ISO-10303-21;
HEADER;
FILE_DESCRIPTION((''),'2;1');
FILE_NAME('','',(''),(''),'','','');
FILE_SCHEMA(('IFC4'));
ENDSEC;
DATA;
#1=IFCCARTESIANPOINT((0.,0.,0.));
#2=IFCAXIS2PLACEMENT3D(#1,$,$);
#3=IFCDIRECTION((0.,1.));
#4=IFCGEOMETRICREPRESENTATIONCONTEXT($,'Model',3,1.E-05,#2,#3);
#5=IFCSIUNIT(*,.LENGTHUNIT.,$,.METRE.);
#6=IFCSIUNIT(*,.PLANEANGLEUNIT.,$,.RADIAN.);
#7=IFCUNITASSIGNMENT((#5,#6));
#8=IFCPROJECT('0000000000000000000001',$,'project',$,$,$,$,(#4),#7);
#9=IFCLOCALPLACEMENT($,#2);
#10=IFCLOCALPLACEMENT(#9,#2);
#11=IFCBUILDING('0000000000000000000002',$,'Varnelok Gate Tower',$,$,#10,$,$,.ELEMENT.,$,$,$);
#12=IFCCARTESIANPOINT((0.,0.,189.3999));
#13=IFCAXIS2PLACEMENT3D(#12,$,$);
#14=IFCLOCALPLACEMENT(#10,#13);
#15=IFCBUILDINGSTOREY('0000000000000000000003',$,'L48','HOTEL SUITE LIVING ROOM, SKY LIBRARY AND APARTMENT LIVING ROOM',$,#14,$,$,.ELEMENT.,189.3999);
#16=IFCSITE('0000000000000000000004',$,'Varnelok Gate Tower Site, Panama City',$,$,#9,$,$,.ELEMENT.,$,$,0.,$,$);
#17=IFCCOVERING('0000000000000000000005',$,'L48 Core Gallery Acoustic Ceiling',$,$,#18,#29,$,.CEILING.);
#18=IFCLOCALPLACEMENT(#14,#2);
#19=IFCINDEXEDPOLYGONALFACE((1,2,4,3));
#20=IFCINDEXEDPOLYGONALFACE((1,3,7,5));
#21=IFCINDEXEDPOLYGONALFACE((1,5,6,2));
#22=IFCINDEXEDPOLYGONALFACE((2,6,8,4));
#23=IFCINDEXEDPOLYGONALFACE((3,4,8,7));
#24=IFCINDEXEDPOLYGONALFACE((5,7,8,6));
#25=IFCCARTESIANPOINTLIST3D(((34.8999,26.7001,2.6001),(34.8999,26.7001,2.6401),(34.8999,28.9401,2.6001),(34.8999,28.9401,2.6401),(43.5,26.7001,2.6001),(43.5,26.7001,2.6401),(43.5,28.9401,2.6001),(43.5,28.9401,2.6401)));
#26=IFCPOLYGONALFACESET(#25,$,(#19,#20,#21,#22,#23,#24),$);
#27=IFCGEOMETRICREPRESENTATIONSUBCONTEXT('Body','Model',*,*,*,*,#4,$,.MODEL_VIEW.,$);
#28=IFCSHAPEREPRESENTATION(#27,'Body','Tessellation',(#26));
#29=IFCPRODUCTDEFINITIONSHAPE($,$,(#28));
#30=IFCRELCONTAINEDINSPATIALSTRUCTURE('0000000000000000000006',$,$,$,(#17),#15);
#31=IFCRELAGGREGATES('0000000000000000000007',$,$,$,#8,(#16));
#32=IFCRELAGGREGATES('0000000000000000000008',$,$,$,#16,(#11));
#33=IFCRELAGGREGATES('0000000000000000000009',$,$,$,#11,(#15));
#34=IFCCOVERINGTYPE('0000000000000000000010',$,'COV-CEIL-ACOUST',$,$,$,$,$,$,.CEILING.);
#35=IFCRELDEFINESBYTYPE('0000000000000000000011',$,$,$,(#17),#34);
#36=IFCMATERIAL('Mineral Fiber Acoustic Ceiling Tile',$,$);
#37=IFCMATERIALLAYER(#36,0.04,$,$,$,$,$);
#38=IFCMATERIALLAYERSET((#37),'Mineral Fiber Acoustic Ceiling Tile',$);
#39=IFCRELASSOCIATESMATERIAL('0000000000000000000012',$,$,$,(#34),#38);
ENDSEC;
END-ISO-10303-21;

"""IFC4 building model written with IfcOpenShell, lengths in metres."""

from ifc_helpers import new_model, si_unit, direction, frame, origin, origin_2d, place, context, subcontext, project, spatial, rectangle, extrude, source, transform, mapped, material, layer, layer_set, type_object, element, save


model = new_model("IFC4")

# Units and contexts
model_context = context("Model", 3, precision=1e-05, world=origin(), true_north=direction((0.0, 1.0)))
body_context = subcontext(model_context, "Body", "Model", "MODEL_VIEW")
ifc_project = project(units=[si_unit("LENGTHUNIT", "METRE"), si_unit("PLANEANGLEUNIT", "RADIAN")], contexts=[model_context])

# Site, building, storey
site_placement = place(None, origin())
site = spatial("IfcSite", under=ifc_project, at=site_placement, Name="Varnelok Gate Tower Site, Panama City", CompositionType="ELEMENT", RefElevation=0.0)
building_placement = place(site_placement, origin())
building = spatial("IfcBuilding", under=site, at=building_placement, Name="Varnelok Gate Tower", CompositionType="ELEMENT")
storey_placement = place(building_placement, frame((0.0, 0.0, 189.3999)))
storey = spatial("IfcBuildingStorey", under=building, at=storey_placement, Name="L48", Description="HOTEL SUITE LIVING ROOM, SKY LIBRARY AND APARTMENT LIVING ROOM", CompositionType="ELEMENT", Elevation=189.3999)

# Covering
ifc_material_1 = material(Name="Mineral Fiber Acoustic Ceiling Tile")
ifc_layer_1 = layer(ifc_material_1, 0.04)
ifc_layer_set_1 = layer_set([ifc_layer_1], Name="Mineral Fiber Acoustic Ceiling Tile")
covering_type_1 = type_object("IfcCoveringType", Name="COV-CEIL-ACOUST", PredefinedType="CEILING", material=ifc_layer_set_1)
shared_shape_1 = source(origin(), body_context, "Body", "SweptSolid", [
    extrude(rectangle(XDim=8.6001, YDim=2.24, at=origin_2d()), origin(), (0.0, 0.0, 1.0), 0.04),
])
covering_1_placement = place(storey_placement, frame((39.2, 27.8201, 2.6001), z_axis=(0.0, 0.0, 1.0), x_axis=(1.0, 0.0, 0.0)))
element("IfcCovering", 1, at=covering_1_placement, inside=storey, type_object=covering_type_1, Name="L48 Core Gallery Acoustic Ceiling", PredefinedType="CEILING", context=body_context, shape_type="MappedRepresentation", body=[
    mapped(shared_shape_1, transform((0.0, 0.0, 0.0), scale=1.0)),
])

save(model, "model.ifc")
